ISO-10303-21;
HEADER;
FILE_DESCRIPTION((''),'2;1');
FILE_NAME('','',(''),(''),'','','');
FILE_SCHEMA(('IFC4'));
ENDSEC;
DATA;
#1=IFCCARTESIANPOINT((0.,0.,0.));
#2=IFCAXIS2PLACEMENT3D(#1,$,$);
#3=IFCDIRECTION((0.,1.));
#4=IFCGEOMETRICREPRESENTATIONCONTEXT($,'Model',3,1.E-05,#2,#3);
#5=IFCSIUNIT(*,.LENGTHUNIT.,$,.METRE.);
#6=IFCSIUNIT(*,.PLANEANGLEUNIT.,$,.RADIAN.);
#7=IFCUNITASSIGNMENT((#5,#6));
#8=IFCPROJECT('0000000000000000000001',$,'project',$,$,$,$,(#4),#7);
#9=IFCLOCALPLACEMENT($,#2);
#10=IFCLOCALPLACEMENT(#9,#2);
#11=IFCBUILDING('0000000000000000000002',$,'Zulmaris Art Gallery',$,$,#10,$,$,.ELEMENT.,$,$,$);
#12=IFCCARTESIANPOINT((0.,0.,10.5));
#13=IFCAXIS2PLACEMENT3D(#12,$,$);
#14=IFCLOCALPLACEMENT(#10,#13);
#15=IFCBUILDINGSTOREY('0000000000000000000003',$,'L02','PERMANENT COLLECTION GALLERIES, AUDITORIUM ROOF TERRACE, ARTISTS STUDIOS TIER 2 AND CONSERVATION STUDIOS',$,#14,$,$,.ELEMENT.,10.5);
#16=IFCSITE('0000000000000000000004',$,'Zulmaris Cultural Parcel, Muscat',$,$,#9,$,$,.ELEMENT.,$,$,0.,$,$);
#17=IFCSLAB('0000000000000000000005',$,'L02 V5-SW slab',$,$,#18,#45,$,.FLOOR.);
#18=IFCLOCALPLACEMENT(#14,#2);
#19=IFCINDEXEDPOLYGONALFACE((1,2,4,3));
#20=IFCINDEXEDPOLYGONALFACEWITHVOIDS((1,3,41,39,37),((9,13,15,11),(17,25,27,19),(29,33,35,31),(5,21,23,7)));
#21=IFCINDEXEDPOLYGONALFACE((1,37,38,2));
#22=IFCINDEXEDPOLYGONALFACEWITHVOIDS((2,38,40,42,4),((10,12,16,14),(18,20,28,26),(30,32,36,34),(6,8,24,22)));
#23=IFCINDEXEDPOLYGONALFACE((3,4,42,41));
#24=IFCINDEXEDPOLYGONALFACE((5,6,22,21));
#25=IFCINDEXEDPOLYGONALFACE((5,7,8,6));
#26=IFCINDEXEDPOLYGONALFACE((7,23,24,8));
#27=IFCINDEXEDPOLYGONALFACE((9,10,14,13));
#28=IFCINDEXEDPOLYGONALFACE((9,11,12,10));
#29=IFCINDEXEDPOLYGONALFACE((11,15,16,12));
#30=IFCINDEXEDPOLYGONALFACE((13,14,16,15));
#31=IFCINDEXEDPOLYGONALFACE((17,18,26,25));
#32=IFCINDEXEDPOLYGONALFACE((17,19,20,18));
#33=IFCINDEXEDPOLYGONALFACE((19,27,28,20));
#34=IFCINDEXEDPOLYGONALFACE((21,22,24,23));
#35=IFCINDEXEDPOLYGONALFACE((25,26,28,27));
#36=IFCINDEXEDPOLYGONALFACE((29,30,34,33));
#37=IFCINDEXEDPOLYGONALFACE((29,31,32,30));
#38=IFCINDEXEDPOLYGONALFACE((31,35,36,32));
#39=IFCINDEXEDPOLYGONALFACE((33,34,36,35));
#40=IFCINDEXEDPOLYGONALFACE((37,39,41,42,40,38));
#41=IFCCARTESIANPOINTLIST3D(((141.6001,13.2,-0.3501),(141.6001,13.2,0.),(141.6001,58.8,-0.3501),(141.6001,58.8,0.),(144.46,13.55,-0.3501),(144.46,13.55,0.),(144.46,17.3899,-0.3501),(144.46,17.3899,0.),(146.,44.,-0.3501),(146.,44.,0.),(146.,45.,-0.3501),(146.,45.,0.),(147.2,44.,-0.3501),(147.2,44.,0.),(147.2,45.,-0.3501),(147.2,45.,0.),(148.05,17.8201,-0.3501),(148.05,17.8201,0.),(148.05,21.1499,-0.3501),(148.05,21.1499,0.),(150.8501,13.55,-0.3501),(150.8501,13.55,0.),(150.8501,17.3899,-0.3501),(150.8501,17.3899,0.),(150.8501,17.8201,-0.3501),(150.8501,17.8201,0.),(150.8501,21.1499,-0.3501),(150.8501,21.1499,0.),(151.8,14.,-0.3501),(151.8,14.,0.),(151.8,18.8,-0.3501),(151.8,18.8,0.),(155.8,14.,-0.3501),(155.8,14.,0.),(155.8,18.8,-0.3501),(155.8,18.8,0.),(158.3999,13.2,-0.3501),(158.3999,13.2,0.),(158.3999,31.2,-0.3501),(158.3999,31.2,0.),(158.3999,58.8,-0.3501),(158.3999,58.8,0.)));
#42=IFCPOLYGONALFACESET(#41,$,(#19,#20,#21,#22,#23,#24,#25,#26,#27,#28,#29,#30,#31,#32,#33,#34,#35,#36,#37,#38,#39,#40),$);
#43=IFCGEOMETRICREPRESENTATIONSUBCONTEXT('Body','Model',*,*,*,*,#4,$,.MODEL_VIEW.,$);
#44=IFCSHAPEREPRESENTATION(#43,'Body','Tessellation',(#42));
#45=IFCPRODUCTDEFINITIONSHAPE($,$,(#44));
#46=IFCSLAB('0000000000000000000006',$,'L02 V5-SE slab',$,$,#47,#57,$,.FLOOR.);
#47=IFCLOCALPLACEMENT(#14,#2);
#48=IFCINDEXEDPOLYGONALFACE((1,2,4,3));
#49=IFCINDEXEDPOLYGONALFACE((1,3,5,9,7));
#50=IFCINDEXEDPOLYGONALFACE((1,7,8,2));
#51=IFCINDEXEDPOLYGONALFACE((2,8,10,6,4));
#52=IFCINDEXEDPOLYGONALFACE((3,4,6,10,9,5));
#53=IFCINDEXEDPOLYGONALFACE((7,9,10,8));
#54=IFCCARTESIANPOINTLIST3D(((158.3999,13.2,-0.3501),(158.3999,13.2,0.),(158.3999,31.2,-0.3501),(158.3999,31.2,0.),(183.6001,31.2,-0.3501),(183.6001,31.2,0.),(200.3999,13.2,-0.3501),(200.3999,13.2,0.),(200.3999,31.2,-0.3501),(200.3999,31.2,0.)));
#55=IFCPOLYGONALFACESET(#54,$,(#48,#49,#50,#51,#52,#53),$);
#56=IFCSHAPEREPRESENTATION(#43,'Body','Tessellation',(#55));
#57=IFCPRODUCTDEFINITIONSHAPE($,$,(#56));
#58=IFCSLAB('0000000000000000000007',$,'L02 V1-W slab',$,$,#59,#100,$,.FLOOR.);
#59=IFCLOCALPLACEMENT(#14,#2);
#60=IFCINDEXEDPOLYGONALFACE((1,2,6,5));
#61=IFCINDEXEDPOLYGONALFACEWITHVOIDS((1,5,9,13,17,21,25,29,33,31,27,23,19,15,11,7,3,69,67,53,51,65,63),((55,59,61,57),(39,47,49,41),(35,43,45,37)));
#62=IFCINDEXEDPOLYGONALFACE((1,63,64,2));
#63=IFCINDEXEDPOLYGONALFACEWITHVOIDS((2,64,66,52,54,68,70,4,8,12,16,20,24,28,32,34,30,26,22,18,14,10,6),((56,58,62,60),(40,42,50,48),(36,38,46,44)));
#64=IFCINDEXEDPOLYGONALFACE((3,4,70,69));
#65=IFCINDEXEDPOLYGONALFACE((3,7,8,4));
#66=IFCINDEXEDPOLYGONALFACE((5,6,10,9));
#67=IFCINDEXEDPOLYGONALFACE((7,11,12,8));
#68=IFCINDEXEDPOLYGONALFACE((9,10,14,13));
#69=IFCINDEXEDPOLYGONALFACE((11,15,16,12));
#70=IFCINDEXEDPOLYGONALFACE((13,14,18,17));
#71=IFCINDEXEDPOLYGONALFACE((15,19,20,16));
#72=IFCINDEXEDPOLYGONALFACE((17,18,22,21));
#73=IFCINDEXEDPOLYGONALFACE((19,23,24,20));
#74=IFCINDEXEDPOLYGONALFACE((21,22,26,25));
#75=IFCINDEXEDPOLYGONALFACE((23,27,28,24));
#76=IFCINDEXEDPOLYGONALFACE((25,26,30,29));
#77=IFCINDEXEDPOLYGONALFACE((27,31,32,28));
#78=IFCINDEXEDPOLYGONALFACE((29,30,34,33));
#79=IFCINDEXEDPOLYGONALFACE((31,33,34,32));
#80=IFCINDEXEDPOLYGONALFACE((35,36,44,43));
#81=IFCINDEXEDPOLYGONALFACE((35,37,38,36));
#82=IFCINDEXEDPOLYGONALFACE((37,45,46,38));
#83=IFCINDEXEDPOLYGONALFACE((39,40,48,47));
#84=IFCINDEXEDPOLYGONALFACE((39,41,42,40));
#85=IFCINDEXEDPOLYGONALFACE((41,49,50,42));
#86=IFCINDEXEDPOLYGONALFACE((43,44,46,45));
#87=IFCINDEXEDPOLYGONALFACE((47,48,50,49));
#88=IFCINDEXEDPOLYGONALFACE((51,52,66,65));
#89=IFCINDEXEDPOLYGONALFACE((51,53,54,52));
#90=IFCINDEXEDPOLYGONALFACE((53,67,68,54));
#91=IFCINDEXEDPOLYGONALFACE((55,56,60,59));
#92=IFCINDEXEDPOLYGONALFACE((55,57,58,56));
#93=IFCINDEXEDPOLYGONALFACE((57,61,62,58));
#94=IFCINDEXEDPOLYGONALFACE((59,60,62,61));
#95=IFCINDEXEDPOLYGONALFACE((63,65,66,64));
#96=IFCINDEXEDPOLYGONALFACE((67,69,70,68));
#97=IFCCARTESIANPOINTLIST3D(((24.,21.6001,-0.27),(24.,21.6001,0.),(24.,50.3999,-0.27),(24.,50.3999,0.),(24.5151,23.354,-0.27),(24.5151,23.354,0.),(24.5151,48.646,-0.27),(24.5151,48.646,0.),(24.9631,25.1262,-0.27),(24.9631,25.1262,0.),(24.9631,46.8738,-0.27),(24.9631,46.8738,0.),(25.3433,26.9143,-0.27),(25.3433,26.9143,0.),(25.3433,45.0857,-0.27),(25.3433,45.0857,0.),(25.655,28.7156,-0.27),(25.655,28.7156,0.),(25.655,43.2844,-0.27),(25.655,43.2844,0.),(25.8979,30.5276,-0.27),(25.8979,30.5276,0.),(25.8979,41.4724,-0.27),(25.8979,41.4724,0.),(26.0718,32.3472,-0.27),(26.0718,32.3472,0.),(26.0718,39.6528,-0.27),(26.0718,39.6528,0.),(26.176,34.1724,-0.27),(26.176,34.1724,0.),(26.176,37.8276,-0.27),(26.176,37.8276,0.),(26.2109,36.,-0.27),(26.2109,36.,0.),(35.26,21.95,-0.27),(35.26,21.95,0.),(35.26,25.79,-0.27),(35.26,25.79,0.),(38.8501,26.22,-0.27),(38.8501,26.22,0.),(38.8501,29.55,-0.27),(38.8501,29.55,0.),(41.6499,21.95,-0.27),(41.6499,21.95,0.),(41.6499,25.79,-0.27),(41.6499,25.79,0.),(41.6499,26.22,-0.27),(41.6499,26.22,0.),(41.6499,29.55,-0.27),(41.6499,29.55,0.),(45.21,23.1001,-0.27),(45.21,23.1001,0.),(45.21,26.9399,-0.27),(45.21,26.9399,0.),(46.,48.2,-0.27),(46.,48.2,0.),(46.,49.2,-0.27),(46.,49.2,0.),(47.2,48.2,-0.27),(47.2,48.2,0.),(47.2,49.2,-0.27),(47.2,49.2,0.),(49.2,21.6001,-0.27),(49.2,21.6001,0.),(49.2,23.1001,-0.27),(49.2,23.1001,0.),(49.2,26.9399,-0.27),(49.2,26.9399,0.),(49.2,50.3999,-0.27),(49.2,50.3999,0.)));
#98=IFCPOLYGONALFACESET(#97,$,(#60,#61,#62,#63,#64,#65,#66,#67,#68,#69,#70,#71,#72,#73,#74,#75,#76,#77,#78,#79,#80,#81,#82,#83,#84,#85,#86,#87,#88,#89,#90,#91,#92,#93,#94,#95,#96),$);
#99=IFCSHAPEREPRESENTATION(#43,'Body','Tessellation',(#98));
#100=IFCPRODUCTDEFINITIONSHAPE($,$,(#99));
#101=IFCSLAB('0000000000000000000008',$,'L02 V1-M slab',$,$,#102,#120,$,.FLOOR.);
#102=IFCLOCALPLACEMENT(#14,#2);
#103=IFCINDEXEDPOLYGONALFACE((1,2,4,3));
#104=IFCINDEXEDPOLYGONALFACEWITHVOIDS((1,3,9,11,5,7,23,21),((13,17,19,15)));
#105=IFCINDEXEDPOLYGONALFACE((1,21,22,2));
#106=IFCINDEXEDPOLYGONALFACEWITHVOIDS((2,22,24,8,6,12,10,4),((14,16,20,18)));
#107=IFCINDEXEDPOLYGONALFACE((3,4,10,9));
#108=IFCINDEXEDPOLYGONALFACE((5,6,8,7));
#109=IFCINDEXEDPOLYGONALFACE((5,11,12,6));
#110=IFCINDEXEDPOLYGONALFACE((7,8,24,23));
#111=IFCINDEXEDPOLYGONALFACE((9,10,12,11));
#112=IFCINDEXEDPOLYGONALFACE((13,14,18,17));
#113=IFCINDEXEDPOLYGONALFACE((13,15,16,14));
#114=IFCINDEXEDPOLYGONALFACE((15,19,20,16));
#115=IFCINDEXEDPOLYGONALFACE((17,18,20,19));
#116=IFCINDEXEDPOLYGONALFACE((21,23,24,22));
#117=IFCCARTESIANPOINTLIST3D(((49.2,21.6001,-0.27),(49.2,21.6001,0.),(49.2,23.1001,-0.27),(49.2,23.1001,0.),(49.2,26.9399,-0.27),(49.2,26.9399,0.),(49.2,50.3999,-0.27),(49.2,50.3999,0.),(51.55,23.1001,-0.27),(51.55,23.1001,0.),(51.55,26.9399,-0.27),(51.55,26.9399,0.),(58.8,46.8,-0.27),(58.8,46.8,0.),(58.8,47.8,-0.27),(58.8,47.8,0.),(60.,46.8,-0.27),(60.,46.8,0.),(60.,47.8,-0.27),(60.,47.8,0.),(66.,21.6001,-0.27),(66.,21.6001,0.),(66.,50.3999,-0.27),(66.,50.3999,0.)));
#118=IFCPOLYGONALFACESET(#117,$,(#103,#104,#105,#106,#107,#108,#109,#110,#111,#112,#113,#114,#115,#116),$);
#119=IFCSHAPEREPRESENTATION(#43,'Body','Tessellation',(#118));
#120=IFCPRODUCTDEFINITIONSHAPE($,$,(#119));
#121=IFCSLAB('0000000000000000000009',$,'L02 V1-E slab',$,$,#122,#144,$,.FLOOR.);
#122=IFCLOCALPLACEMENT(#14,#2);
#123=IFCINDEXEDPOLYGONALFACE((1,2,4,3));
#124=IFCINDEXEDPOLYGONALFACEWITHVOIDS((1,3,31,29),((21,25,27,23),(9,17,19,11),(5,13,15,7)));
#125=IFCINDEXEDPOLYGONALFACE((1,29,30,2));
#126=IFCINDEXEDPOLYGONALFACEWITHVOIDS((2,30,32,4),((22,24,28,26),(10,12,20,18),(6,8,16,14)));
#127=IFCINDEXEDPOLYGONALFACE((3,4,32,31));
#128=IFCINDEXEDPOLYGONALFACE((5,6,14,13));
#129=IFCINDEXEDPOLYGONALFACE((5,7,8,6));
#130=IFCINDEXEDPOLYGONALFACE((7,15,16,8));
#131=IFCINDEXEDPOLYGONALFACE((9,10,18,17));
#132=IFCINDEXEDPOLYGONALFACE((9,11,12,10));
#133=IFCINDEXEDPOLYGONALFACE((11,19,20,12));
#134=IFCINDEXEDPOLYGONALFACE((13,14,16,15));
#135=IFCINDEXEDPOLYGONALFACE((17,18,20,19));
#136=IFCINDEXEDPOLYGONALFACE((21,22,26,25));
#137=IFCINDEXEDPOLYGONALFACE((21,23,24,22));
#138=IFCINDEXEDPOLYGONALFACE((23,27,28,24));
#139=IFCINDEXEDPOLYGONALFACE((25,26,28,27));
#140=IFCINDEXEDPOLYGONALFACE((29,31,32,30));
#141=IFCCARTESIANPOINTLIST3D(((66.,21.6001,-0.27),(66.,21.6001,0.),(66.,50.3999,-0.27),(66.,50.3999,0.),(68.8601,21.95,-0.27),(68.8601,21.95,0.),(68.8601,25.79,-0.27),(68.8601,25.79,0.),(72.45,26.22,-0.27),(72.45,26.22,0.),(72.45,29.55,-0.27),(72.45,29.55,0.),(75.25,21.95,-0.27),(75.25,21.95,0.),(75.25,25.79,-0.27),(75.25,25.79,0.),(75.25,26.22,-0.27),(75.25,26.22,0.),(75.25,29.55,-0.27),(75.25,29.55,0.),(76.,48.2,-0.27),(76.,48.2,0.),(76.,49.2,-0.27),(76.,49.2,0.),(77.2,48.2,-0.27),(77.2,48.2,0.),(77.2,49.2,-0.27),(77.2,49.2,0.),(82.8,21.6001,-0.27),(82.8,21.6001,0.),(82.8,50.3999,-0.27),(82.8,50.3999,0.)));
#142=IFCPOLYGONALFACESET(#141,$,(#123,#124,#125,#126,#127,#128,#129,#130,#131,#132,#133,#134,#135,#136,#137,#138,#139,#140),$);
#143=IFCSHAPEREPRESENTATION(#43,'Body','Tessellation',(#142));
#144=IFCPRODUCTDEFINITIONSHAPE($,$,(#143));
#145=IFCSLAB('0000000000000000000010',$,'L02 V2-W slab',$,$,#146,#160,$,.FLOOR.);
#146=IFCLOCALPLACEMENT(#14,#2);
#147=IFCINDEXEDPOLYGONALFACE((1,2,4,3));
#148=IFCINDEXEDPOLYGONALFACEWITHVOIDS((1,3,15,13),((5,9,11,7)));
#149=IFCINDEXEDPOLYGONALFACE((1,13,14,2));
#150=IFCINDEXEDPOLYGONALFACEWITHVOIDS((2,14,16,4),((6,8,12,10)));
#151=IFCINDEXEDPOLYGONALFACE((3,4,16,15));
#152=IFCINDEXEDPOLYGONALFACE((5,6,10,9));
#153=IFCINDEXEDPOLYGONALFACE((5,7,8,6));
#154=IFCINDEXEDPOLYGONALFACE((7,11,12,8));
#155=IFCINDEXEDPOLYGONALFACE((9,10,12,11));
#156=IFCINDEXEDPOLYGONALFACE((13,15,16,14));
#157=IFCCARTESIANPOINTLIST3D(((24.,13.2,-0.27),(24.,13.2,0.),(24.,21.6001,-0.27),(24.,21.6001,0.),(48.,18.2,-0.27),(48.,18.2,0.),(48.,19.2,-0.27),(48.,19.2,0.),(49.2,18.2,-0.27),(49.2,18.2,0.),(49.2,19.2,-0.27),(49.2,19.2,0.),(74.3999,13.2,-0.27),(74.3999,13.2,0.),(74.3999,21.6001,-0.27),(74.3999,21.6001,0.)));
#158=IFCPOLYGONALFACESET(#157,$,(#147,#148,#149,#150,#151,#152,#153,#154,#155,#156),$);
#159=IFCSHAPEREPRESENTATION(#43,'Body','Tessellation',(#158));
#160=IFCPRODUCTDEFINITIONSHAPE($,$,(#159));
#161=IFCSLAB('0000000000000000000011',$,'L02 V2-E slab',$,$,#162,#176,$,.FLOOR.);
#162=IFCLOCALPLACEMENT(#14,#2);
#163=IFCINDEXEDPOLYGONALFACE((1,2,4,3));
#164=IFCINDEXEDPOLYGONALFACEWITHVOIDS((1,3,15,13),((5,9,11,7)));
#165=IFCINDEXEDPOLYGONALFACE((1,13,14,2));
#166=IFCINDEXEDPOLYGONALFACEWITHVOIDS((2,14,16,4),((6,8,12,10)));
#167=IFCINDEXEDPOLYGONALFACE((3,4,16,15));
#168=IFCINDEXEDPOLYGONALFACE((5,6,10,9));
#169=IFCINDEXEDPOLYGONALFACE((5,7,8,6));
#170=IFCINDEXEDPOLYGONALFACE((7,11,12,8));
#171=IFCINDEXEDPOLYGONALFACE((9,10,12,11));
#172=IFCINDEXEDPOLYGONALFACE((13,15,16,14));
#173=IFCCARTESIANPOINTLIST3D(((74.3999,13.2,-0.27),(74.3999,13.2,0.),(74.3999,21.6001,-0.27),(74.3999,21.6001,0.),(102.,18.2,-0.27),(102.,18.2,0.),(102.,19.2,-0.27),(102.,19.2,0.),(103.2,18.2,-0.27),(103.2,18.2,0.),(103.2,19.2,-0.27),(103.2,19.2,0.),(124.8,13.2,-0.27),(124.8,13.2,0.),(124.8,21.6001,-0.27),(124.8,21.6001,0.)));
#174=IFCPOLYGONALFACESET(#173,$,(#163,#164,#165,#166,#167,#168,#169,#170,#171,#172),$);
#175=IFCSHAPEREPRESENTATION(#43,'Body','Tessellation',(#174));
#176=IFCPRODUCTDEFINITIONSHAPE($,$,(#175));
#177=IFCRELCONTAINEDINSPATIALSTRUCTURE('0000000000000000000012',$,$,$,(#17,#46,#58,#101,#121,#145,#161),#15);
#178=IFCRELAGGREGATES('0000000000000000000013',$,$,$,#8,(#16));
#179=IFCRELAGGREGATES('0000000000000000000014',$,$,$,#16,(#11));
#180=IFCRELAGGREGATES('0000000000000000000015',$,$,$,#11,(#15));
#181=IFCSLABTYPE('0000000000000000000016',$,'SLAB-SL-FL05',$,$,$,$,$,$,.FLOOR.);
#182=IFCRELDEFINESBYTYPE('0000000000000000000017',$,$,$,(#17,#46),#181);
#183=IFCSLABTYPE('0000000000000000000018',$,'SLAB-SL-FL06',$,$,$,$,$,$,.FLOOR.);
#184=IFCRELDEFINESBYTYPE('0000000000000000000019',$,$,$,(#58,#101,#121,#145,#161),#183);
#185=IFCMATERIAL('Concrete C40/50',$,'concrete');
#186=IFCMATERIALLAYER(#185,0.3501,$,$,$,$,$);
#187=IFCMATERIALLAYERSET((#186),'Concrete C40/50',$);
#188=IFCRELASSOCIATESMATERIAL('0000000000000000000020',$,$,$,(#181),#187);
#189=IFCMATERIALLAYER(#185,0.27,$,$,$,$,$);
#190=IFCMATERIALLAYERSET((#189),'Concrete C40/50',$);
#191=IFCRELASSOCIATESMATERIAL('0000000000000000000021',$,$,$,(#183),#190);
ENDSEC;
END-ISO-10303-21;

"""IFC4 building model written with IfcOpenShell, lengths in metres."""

from ifc_helpers import new_model, si_unit, direction, frame, origin, place, context, subcontext, project, spatial, polyline, outline, extrude, material, layer, layer_set, type_object, element, save


model = new_model("IFC4")

# Units and contexts
model_context = context("Model", 3, precision=1e-05, world=origin(), true_north=direction((0.0, 1.0)))
body_context = subcontext(model_context, "Body", "Model", "MODEL_VIEW")
ifc_project = project(units=[si_unit("LENGTHUNIT", "METRE"), si_unit("PLANEANGLEUNIT", "RADIAN")], contexts=[model_context])

# Site, building, storey
site_placement = place(None, origin())
site = spatial("IfcSite", under=ifc_project, at=site_placement, Name="Zulmaris Cultural Parcel, Muscat", CompositionType="ELEMENT", RefElevation=0.0)
building_placement = place(site_placement, origin())
building = spatial("IfcBuilding", under=site, at=building_placement, Name="Zulmaris Art Gallery", CompositionType="ELEMENT")
storey_placement = place(building_placement, frame((0.0, 0.0, 10.5)))
storey = spatial("IfcBuildingStorey", under=building, at=storey_placement, Name="L02", Description="PERMANENT COLLECTION GALLERIES, AUDITORIUM ROOF TERRACE, ARTISTS STUDIOS TIER 2 AND CONSERVATION STUDIOS", CompositionType="ELEMENT", Elevation=10.5)

# Slabs
ifc_material_1 = material(Name="Concrete C40/50", Category="concrete")
ifc_layer_1 = layer(ifc_material_1, 0.3501)
ifc_layer_set_1 = layer_set([ifc_layer_1], Name="Concrete C40/50")
slab_type_1 = type_object("IfcSlabType", Name="SLAB-SL-FL05", PredefinedType="FLOOR", material=ifc_layer_set_1)
slab_1_placement = place(storey_placement, frame((0.0, 0.0, -0.3501)))
element("IfcSlab", 1, at=slab_1_placement, inside=storey, type_object=slab_type_1, Name="L02 V5-SW slab", PredefinedType="FLOOR", context=body_context, shape_type="SweptSolid", body=[
    extrude(outline(polyline([(158.3999, 58.8), (158.3999, 31.2), (158.3999, 13.2), (141.6001, 13.2), (141.6001, 58.8), (158.3999, 58.8)]), holes=[polyline([(144.46, 13.55), (150.8501, 13.55), (150.8501, 17.3899), (144.46, 17.3899), (144.46, 13.55)]), polyline([(155.8, 14.0), (155.8, 18.8), (151.8, 18.8), (151.8, 14.0), (155.8, 14.0)]), polyline([(150.8501, 17.8201), (150.8501, 21.1499), (148.05, 21.1499), (148.05, 17.8201), (150.8501, 17.8201)]), polyline([(147.2, 44.0), (147.2, 45.0), (146.0, 45.0), (146.0, 44.0), (147.2, 44.0)])]), origin(), (0.0, 0.0, 1.0), 0.3501),
])
slab_2_placement = place(storey_placement, frame((0.0, 0.0, -0.3501)))
element("IfcSlab", 2, at=slab_2_placement, inside=storey, type_object=slab_type_1, Name="L02 V5-SE slab", PredefinedType="FLOOR", context=body_context, shape_type="SweptSolid", body=[
    extrude(outline(polyline([(158.3999, 13.2), (158.3999, 31.2), (183.6001, 31.2), (200.3999, 31.2), (200.3999, 13.2), (158.3999, 13.2)])), origin(), (0.0, 0.0, 1.0), 0.3501),
])
ifc_layer_2 = layer(ifc_material_1, 0.27)
ifc_layer_set_2 = layer_set([ifc_layer_2], Name="Concrete C40/50")
slab_type_2 = type_object("IfcSlabType", Name="SLAB-SL-FL06", PredefinedType="FLOOR", material=ifc_layer_set_2)
slab_3_placement = place(storey_placement, frame((0.0, 0.0, -0.27)))
element("IfcSlab", 3, at=slab_3_placement, inside=storey, type_object=slab_type_2, Name="L02 V1-W slab", PredefinedType="FLOOR", context=body_context, shape_type="SweptSolid", body=[
    extrude(outline(polyline([(24.5151, 23.354), (24.9631, 25.1262), (25.3433, 26.9143), (25.655, 28.7156), (25.8979, 30.5276), (26.0718, 32.3472), (26.176, 34.1724), (26.2109, 36.0), (26.176, 37.8276), (26.0718, 39.6528), (25.8979, 41.4724), (25.655, 43.2844), (25.3433, 45.0857), (24.9631, 46.8738), (24.5151, 48.646), (24.0, 50.3999), (49.2, 50.3999), (49.2, 26.9399), (45.21, 26.9399), (45.21, 23.1001), (49.2, 23.1001), (49.2, 21.6001), (24.0, 21.6001), (24.5151, 23.354)]), holes=[polyline([(35.26, 21.95), (41.6499, 21.95), (41.6499, 25.79), (35.26, 25.79), (35.26, 21.95)]), polyline([(41.6499, 26.22), (41.6499, 29.55), (38.8501, 29.55), (38.8501, 26.22), (41.6499, 26.22)]), polyline([(47.2, 48.2), (47.2, 49.2), (46.0, 49.2), (46.0, 48.2), (47.2, 48.2)])]), origin(), (0.0, 0.0, 1.0), 0.27),
])
slab_4_placement = place(storey_placement, frame((0.0, 0.0, -0.27)))
element("IfcSlab", 4, at=slab_4_placement, inside=storey, type_object=slab_type_2, Name="L02 V1-M slab", PredefinedType="FLOOR", context=body_context, shape_type="SweptSolid", body=[
    extrude(outline(polyline([(49.2, 50.3999), (66.0, 50.3999), (66.0, 21.6001), (49.2, 21.6001), (49.2, 23.1001), (51.55, 23.1001), (51.55, 26.9399), (49.2, 26.9399), (49.2, 50.3999)]), holes=[polyline([(60.0, 46.8), (60.0, 47.8), (58.8, 47.8), (58.8, 46.8), (60.0, 46.8)])]), origin(), (0.0, 0.0, 1.0), 0.27),
])
slab_5_placement = place(storey_placement, frame((0.0, 0.0, -0.27)))
element("IfcSlab", 5, at=slab_5_placement, inside=storey, type_object=slab_type_2, Name="L02 V1-E slab", PredefinedType="FLOOR", context=body_context, shape_type="SweptSolid", body=[
    extrude(outline(polyline([(66.0, 21.6001), (66.0, 50.3999), (82.8, 50.3999), (82.8, 21.6001), (66.0, 21.6001)]), holes=[polyline([(68.8601, 21.95), (75.25, 21.95), (75.25, 25.79), (68.8601, 25.79), (68.8601, 21.95)]), polyline([(75.25, 26.22), (75.25, 29.55), (72.45, 29.55), (72.45, 26.22), (75.25, 26.22)]), polyline([(77.2, 48.2), (77.2, 49.2), (76.0, 49.2), (76.0, 48.2), (77.2, 48.2)])]), origin(), (0.0, 0.0, 1.0), 0.27),
])
slab_6_placement = place(storey_placement, frame((0.0, 0.0, -0.27)))
element("IfcSlab", 6, at=slab_6_placement, inside=storey, type_object=slab_type_2, Name="L02 V2-W slab", PredefinedType="FLOOR", context=body_context, shape_type="SweptSolid", body=[
    extrude(outline(polyline([(24.0, 13.2), (24.0, 21.6001), (74.3999, 21.6001), (74.3999, 13.2), (24.0, 13.2)]), holes=[polyline([(49.2, 18.2), (49.2, 19.2), (48.0, 19.2), (48.0, 18.2), (49.2, 18.2)])]), origin(), (0.0, 0.0, 1.0), 0.27),
])
slab_7_placement = place(storey_placement, frame((0.0, 0.0, -0.27)))
element("IfcSlab", 7, at=slab_7_placement, inside=storey, type_object=slab_type_2, Name="L02 V2-E slab", PredefinedType="FLOOR", context=body_context, shape_type="SweptSolid", body=[
    extrude(outline(polyline([(74.3999, 13.2), (74.3999, 21.6001), (124.8, 21.6001), (124.8, 13.2), (74.3999, 13.2)]), holes=[polyline([(103.2, 18.2), (103.2, 19.2), (102.0, 19.2), (102.0, 18.2), (103.2, 18.2)])]), origin(), (0.0, 0.0, 1.0), 0.27),
])

save(model, "model.ifc")
